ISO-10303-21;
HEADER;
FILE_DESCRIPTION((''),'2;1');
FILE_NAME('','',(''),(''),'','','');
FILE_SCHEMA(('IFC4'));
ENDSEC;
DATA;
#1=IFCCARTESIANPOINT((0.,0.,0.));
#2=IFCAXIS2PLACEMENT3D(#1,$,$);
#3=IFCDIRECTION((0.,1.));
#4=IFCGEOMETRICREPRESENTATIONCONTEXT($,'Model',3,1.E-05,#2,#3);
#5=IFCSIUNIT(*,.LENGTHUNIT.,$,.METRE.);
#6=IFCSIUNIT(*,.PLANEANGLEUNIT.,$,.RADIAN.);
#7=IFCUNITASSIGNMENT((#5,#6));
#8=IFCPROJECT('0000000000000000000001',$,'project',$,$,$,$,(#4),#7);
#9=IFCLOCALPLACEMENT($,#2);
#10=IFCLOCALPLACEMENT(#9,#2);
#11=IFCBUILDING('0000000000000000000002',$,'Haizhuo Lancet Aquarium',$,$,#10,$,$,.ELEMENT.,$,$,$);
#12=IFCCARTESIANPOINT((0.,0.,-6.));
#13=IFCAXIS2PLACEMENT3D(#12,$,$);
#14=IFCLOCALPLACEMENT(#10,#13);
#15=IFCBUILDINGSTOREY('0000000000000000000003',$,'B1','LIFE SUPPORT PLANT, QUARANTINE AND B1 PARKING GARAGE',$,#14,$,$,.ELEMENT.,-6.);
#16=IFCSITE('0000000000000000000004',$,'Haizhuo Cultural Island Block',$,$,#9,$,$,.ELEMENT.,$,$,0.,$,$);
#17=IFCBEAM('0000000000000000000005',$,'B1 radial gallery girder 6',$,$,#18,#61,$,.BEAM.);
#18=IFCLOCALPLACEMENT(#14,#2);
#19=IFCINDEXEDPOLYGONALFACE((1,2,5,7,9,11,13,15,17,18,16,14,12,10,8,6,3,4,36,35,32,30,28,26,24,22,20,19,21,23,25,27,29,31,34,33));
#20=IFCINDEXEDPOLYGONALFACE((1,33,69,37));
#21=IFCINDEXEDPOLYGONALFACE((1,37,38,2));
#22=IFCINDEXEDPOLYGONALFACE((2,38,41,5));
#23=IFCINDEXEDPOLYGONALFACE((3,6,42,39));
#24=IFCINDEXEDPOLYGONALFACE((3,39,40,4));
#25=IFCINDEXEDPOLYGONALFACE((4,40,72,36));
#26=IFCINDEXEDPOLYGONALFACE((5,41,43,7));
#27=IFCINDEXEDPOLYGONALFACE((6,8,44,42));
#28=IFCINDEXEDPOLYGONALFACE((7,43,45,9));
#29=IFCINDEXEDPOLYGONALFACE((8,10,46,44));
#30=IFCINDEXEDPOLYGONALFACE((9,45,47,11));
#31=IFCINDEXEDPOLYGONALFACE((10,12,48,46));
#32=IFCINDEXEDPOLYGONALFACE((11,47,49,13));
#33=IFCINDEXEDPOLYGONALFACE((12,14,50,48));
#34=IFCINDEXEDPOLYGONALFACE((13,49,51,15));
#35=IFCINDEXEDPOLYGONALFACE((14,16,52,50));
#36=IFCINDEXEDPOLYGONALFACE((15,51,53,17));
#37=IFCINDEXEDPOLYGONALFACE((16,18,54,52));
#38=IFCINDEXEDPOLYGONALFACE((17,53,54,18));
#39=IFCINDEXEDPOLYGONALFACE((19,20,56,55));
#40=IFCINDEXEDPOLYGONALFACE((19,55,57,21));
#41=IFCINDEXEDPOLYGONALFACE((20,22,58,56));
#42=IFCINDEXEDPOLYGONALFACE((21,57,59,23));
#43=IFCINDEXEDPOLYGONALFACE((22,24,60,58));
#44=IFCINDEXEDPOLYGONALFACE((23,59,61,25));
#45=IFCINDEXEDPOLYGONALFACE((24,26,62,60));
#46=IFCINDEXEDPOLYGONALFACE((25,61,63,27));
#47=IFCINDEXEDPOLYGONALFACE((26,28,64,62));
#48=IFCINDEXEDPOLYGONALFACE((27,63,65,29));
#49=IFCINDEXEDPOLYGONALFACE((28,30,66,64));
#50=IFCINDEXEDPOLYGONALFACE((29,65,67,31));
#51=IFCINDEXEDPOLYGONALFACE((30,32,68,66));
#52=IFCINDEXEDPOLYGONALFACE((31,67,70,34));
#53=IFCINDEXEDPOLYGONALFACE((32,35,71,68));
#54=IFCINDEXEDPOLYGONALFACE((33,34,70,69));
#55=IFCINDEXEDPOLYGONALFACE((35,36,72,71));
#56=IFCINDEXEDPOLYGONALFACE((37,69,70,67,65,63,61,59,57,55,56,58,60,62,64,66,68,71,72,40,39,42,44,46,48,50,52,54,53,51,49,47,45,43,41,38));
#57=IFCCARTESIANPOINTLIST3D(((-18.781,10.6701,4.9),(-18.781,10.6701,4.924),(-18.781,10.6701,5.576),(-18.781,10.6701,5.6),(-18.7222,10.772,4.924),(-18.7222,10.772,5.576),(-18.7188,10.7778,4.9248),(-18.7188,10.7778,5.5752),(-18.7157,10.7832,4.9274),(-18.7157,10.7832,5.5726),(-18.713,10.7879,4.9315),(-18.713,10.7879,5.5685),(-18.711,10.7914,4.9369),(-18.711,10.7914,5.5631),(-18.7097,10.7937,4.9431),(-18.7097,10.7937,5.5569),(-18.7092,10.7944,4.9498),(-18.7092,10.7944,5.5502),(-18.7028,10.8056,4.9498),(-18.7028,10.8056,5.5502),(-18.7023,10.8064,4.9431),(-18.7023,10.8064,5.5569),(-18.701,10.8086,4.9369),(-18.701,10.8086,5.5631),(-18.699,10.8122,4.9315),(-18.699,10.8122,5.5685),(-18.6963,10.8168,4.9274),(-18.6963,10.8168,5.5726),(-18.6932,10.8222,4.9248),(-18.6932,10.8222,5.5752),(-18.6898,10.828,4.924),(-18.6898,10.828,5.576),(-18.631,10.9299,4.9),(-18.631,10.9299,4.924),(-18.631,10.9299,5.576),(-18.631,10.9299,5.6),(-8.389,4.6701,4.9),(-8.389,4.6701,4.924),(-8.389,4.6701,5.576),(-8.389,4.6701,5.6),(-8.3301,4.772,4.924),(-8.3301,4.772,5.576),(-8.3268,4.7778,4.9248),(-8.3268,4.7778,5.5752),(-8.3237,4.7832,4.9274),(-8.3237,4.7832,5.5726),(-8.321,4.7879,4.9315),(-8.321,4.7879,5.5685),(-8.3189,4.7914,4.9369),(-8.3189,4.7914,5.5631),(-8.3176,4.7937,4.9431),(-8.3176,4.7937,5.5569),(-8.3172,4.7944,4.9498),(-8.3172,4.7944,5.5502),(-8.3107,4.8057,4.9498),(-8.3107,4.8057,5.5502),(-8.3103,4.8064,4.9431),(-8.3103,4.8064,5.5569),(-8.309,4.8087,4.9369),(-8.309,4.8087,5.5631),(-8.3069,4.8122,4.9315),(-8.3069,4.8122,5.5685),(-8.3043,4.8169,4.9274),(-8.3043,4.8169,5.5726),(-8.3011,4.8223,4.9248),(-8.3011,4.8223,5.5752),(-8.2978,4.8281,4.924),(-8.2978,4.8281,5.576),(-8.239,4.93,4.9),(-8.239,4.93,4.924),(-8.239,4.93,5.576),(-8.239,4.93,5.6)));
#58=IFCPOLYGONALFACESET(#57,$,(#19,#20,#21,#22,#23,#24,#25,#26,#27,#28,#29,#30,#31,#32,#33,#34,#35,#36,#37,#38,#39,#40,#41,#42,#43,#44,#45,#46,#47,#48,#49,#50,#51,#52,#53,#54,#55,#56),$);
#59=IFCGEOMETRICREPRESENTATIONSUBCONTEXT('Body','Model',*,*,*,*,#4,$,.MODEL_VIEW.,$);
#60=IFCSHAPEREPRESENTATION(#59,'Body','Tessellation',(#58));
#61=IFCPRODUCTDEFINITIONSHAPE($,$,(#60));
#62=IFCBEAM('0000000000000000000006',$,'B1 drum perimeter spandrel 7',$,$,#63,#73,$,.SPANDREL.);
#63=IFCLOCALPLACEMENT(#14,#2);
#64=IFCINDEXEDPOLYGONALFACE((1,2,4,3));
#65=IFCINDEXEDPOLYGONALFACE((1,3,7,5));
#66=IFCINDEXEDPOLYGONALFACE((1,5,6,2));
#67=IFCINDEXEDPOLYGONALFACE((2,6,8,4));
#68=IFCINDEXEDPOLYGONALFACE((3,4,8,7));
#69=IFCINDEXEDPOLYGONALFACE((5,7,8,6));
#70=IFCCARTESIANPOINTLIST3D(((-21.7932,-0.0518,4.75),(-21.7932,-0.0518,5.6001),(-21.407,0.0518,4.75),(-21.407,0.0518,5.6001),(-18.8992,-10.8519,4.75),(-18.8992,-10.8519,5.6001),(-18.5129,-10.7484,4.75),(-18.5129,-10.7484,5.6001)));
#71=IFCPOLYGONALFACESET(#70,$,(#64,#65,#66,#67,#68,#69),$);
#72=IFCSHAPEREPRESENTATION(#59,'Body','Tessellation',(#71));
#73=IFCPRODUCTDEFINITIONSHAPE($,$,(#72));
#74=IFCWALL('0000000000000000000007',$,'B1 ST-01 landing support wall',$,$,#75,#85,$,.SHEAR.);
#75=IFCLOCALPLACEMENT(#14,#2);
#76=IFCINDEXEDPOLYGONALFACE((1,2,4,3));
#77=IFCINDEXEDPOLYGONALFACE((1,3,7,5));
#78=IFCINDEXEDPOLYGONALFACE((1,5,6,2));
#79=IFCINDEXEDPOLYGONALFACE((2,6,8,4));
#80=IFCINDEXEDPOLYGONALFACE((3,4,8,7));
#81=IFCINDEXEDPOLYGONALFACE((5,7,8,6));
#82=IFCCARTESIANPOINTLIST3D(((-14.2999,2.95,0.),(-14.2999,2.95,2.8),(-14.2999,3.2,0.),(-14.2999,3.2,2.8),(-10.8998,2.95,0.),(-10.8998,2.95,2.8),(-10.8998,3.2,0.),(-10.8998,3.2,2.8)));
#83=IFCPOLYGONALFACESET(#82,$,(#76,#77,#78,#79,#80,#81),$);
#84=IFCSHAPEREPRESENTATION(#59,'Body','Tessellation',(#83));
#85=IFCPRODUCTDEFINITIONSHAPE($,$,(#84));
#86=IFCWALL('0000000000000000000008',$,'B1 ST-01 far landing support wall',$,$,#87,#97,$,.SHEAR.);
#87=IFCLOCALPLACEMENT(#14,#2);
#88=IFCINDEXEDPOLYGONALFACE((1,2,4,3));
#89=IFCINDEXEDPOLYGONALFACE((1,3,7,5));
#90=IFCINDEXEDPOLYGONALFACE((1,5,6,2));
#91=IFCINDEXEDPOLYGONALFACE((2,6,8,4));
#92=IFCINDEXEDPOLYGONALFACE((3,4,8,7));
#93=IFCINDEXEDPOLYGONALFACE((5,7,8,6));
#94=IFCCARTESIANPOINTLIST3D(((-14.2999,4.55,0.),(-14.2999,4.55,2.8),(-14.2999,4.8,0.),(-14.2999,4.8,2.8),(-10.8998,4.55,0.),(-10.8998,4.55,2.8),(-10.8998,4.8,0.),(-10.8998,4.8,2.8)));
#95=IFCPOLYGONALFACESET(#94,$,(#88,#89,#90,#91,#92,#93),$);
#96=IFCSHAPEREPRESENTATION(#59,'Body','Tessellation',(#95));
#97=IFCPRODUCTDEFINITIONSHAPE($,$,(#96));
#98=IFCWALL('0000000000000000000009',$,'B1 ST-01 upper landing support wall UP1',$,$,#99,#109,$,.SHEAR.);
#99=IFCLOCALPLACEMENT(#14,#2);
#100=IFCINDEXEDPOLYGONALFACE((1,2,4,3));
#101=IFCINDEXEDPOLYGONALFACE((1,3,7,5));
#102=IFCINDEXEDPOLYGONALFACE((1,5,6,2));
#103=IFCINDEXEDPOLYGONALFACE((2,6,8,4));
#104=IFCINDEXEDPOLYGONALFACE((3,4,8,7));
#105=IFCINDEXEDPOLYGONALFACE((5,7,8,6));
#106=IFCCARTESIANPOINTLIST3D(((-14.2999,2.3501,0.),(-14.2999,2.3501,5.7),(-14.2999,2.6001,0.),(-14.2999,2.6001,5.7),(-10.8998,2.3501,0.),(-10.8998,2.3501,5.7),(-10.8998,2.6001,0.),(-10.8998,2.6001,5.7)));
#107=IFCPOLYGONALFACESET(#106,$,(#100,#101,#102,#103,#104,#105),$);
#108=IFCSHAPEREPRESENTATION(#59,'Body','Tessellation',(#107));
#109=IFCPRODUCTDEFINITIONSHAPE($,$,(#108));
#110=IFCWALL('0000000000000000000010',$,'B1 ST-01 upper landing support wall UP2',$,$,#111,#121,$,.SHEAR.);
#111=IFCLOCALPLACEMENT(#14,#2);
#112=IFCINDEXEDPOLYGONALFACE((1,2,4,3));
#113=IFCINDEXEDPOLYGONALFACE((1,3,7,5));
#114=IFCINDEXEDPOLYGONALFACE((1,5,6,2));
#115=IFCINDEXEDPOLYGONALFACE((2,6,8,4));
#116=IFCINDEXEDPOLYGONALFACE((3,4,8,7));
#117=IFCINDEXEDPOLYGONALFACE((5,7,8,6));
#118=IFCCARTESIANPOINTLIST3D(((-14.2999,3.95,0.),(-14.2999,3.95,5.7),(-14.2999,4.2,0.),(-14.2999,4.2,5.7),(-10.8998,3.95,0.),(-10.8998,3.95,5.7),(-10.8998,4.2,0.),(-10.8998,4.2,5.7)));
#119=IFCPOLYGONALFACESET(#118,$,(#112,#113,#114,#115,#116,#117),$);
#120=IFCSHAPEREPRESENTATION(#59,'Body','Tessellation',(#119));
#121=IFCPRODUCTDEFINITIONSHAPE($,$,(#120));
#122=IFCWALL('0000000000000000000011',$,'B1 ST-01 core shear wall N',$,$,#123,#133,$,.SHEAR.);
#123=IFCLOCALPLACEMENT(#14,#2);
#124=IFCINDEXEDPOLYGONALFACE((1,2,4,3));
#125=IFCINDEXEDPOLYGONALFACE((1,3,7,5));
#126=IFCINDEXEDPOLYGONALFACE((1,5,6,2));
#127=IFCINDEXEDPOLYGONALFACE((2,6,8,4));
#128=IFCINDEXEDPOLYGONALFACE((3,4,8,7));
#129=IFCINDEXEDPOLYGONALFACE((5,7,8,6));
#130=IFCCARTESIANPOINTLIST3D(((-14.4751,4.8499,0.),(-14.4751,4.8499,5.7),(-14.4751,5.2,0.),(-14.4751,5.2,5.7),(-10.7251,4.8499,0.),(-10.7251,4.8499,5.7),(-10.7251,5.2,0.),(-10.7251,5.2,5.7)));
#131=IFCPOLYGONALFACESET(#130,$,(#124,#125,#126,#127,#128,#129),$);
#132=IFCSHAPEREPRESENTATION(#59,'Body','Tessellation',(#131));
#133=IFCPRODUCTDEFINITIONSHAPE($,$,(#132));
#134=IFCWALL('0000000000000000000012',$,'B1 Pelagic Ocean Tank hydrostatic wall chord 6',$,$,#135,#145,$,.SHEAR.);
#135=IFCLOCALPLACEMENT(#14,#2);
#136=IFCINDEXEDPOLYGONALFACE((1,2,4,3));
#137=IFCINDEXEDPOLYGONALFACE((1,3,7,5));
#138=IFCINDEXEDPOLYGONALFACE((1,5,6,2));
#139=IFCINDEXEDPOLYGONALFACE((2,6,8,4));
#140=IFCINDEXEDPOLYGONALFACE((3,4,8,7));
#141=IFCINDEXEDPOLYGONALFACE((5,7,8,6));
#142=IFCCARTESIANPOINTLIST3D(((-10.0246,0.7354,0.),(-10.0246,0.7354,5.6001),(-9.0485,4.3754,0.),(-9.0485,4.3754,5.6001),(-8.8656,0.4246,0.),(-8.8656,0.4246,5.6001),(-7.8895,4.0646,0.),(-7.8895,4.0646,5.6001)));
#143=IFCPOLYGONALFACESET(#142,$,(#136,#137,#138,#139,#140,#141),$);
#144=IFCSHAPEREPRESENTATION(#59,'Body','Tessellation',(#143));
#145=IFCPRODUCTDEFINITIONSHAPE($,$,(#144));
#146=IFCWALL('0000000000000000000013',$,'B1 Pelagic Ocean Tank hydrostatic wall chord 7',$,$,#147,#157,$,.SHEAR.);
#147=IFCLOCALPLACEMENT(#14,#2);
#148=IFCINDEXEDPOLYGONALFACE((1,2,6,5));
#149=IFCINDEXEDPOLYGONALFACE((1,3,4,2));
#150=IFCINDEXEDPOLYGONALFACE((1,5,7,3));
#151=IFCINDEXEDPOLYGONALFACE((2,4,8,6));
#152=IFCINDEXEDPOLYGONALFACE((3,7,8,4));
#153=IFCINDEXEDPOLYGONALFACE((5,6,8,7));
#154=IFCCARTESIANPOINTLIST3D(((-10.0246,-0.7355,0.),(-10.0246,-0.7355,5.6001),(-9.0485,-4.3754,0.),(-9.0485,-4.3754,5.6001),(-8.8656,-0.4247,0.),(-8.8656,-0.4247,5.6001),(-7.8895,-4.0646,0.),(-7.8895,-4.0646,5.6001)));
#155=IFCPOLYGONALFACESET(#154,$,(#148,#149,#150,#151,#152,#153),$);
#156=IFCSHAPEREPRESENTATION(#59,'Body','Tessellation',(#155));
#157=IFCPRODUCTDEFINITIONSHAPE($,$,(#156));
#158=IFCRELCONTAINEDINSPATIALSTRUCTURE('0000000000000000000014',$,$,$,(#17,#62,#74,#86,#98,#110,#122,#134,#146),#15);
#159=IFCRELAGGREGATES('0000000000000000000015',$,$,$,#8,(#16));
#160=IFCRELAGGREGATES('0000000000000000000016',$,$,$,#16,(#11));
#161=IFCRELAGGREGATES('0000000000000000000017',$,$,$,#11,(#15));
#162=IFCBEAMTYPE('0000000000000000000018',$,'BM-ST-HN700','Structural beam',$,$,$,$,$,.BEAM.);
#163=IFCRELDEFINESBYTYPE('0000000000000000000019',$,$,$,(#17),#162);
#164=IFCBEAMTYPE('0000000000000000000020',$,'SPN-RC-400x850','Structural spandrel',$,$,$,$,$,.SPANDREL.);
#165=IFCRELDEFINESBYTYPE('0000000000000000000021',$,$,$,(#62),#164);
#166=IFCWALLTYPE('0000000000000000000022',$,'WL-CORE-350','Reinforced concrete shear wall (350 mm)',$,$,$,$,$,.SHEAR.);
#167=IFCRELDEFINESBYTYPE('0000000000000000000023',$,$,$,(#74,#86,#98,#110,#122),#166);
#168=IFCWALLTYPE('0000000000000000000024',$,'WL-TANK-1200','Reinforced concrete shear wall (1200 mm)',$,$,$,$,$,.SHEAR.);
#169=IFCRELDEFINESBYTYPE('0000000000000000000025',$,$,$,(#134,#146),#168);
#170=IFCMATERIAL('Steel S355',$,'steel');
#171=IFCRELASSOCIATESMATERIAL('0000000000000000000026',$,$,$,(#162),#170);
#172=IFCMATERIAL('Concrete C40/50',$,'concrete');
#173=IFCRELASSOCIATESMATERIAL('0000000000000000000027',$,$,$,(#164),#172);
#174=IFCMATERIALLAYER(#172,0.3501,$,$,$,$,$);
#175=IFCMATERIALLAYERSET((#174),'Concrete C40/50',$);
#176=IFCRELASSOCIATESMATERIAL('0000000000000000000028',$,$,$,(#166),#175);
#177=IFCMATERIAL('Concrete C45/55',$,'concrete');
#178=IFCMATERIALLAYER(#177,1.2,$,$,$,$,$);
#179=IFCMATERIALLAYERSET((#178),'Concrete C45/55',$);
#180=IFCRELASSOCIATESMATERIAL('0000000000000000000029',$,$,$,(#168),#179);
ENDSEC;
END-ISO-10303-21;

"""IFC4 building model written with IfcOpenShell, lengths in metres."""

from ifc_helpers import new_model, si_unit, direction, frame, frame_2d, origin, origin_2d, place, context, subcontext, project, spatial, rectangle, i_section, extrude, material, layer, layer_set, material_profile, profile_set, type_object, element, save


model = new_model("IFC4")

# Units and contexts
model_context = context("Model", 3, precision=1e-05, world=origin(), true_north=direction((0.0, 1.0)))
body_context = subcontext(model_context, "Body", "Model", "MODEL_VIEW")
ifc_project = project(units=[si_unit("LENGTHUNIT", "METRE"), si_unit("PLANEANGLEUNIT", "RADIAN")], contexts=[model_context])

# Site, building, storey
site_placement = place(None, origin())
site = spatial("IfcSite", under=ifc_project, at=site_placement, Name="Haizhuo Cultural Island Block", CompositionType="ELEMENT", RefElevation=0.0)
building_placement = place(site_placement, origin())
building = spatial("IfcBuilding", under=site, at=building_placement, Name="Haizhuo Lancet Aquarium", CompositionType="ELEMENT")
storey_placement = place(building_placement, frame((0.0, 0.0, -6.0)))
storey = spatial("IfcBuildingStorey", under=building, at=storey_placement, Name="B1", Description="LIFE SUPPORT PLANT, QUARANTINE AND B1 PARKING GARAGE", CompositionType="ELEMENT", Elevation=-6.0)

# Shared definitions
ifc_material_1 = material(Name="Concrete C40/50", Category="concrete")

# Beams
ifc_material_2 = material(Name="Steel S355", Category="steel")
ifc_material_profile_1 = material_profile(ifc_material_2, i_section(OverallWidth=0.3, OverallDepth=0.7, WebThickness=0.0129, FlangeThickness=0.0239, FilletRadius=0.0259, at=origin_2d()), Name="HN 700x300x13x24")
ifc_profile_set_1 = profile_set([ifc_material_profile_1], Name="Steel S355")
beam_type_1 = type_object("IfcBeamType", Name="BM-ST-HN700", Description="Structural beam", PredefinedType="BEAM", material=ifc_profile_set_1)
beam_1_placement = place(storey_placement, frame((-8.314, 4.8, 5.25), z_axis=(-0.866021, 0.500008, 0.0), x_axis=(-0.500008, -0.866021, 0.0)))
element("IfcBeam", 1, at=beam_1_placement, inside=storey, type_object=beam_type_1, Name="B1 radial gallery girder 6", PredefinedType="BEAM", context=body_context, shape_type="SweptSolid", body=[
    extrude(i_section(OverallWidth=0.3, OverallDepth=0.7, WebThickness=0.0129, FlangeThickness=0.0239, FilletRadius=0.0259, at=origin_2d()), origin(), (0.0, 0.0, 1.0), 11.9998),
])
ifc_material_profile_2 = material_profile(ifc_material_1, rectangle(XDim=0.3999, YDim=0.8501, at=origin_2d()), Name="RC-SP 400x850")
ifc_profile_set_2 = profile_set([ifc_material_profile_2], Name="Concrete C40/50")
beam_type_2 = type_object("IfcBeamType", Name="SPN-RC-400x850", Description="Structural spandrel", PredefinedType="SPANDREL", material=ifc_profile_set_2)
beam_2_placement = place(storey_placement, frame((-21.6001, 0.0, 5.175), z_axis=(0.258834, -0.965922, 0.0), x_axis=(0.965922, 0.258834, 0.0)))
element("IfcBeam", 2, at=beam_2_placement, inside=storey, type_object=beam_type_2, Name="B1 drum perimeter spandrel 7", PredefinedType="SPANDREL", context=body_context, shape_type="SweptSolid", body=[
    extrude(rectangle(XDim=0.3999, YDim=0.8501, at=origin_2d()), origin(), (0.0, 0.0, 1.0), 11.1812),
])

# Walls
ifc_layer_1 = layer(ifc_material_1, 0.3501)
ifc_layer_set_1 = layer_set([ifc_layer_1], Name="Concrete C40/50")
wall_type_1 = type_object("IfcWallType", Name="WL-CORE-350", Description="Reinforced concrete shear wall (350 mm)", PredefinedType="SHEAR", material=ifc_layer_set_1)
for number, where, z_axis, x_axis, name in (
    (3, (-14.3, 3.075, 0.0), (0.0, 0.0, 1.0), (1.0, 0.0, 0.0), "B1 ST-01 landing support wall"),
    (4, (-14.3, 4.675, 0.0), (0.0, 0.0, 1.0), (1.0, 0.0, 0.0), "B1 ST-01 far landing support wall"),
):
    element("IfcWall", number, at=place(storey_placement, frame(where, z_axis=z_axis, x_axis=x_axis)), inside=storey, type_object=wall_type_1, Name=name, PredefinedType="SHEAR", context=body_context, shape_type="SweptSolid", body=[
        extrude(rectangle(XDim=3.4001, YDim=0.25, at=frame_2d((1.7002, 0.0))), origin(), (0.0, 0.0, 1.0), 2.8),
    ])
for number, where, z_axis, x_axis, name in (
    (5, (-14.3, 2.4751, 0.0), (0.0, 0.0, 1.0), (1.0, 0.0, 0.0), "B1 ST-01 upper landing support wall UP1"),
    (6, (-14.3, 4.075, 0.0), (0.0, 0.0, 1.0), (1.0, 0.0, 0.0), "B1 ST-01 upper landing support wall UP2"),
):
    element("IfcWall", number, at=place(storey_placement, frame(where, z_axis=z_axis, x_axis=x_axis)), inside=storey, type_object=wall_type_1, Name=name, PredefinedType="SHEAR", context=body_context, shape_type="SweptSolid", body=[
        extrude(rectangle(XDim=3.4001, YDim=0.25, at=frame_2d((1.7002, 0.0))), origin(), (0.0, 0.0, 1.0), 5.7),
    ])
wall_placement = place(storey_placement, frame((-14.4751, 5.0249, 0.0), z_axis=(0.0, 0.0, 1.0), x_axis=(1.0, 0.0, 0.0)))
element("IfcWall", 7, at=wall_placement, inside=storey, type_object=wall_type_1, Name="B1 ST-01 core shear wall N", PredefinedType="SHEAR", context=body_context, shape_type="SweptSolid", body=[
    extrude(rectangle(XDim=3.75, YDim=0.3501, at=frame_2d((1.875, 0.0))), origin(), (0.0, 0.0, 1.0), 5.7),
])
ifc_material_3 = material(Name="Concrete C45/55", Category="concrete")
ifc_layer_2 = layer(ifc_material_3, 1.2)
ifc_layer_set_2 = layer_set([ifc_layer_2], Name="Concrete C45/55")
wall_type_2 = type_object("IfcWallType", Name="WL-TANK-1200", Description="Reinforced concrete shear wall (1200 mm)", PredefinedType="SHEAR", material=ifc_layer_set_2)
for number, where, z_axis, x_axis, name in (
    (8, (-8.469, 4.22, 0.0), (0.0, 0.0, 1.0), (-0.259009, -0.965875, 0.0), "B1 Pelagic Ocean Tank hydrostatic wall chord 6"),
    (9, (-9.4451, -0.5801, 0.0), (0.0, 0.0, 1.0), (0.259009, -0.965875, 0.0), "B1 Pelagic Ocean Tank hydrostatic wall chord 7"),
):
    element("IfcWall", number, at=place(storey_placement, frame(where, z_axis=z_axis, x_axis=x_axis)), inside=storey, type_object=wall_type_2, Name=name, PredefinedType="SHEAR", context=body_context, shape_type="SweptSolid", body=[
        extrude(rectangle(XDim=3.7686, YDim=1.2, at=frame_2d((1.8843, 0.0))), origin(), (0.0, 0.0, 1.0), 5.6001),
    ])

save(model, "model.ifc")
